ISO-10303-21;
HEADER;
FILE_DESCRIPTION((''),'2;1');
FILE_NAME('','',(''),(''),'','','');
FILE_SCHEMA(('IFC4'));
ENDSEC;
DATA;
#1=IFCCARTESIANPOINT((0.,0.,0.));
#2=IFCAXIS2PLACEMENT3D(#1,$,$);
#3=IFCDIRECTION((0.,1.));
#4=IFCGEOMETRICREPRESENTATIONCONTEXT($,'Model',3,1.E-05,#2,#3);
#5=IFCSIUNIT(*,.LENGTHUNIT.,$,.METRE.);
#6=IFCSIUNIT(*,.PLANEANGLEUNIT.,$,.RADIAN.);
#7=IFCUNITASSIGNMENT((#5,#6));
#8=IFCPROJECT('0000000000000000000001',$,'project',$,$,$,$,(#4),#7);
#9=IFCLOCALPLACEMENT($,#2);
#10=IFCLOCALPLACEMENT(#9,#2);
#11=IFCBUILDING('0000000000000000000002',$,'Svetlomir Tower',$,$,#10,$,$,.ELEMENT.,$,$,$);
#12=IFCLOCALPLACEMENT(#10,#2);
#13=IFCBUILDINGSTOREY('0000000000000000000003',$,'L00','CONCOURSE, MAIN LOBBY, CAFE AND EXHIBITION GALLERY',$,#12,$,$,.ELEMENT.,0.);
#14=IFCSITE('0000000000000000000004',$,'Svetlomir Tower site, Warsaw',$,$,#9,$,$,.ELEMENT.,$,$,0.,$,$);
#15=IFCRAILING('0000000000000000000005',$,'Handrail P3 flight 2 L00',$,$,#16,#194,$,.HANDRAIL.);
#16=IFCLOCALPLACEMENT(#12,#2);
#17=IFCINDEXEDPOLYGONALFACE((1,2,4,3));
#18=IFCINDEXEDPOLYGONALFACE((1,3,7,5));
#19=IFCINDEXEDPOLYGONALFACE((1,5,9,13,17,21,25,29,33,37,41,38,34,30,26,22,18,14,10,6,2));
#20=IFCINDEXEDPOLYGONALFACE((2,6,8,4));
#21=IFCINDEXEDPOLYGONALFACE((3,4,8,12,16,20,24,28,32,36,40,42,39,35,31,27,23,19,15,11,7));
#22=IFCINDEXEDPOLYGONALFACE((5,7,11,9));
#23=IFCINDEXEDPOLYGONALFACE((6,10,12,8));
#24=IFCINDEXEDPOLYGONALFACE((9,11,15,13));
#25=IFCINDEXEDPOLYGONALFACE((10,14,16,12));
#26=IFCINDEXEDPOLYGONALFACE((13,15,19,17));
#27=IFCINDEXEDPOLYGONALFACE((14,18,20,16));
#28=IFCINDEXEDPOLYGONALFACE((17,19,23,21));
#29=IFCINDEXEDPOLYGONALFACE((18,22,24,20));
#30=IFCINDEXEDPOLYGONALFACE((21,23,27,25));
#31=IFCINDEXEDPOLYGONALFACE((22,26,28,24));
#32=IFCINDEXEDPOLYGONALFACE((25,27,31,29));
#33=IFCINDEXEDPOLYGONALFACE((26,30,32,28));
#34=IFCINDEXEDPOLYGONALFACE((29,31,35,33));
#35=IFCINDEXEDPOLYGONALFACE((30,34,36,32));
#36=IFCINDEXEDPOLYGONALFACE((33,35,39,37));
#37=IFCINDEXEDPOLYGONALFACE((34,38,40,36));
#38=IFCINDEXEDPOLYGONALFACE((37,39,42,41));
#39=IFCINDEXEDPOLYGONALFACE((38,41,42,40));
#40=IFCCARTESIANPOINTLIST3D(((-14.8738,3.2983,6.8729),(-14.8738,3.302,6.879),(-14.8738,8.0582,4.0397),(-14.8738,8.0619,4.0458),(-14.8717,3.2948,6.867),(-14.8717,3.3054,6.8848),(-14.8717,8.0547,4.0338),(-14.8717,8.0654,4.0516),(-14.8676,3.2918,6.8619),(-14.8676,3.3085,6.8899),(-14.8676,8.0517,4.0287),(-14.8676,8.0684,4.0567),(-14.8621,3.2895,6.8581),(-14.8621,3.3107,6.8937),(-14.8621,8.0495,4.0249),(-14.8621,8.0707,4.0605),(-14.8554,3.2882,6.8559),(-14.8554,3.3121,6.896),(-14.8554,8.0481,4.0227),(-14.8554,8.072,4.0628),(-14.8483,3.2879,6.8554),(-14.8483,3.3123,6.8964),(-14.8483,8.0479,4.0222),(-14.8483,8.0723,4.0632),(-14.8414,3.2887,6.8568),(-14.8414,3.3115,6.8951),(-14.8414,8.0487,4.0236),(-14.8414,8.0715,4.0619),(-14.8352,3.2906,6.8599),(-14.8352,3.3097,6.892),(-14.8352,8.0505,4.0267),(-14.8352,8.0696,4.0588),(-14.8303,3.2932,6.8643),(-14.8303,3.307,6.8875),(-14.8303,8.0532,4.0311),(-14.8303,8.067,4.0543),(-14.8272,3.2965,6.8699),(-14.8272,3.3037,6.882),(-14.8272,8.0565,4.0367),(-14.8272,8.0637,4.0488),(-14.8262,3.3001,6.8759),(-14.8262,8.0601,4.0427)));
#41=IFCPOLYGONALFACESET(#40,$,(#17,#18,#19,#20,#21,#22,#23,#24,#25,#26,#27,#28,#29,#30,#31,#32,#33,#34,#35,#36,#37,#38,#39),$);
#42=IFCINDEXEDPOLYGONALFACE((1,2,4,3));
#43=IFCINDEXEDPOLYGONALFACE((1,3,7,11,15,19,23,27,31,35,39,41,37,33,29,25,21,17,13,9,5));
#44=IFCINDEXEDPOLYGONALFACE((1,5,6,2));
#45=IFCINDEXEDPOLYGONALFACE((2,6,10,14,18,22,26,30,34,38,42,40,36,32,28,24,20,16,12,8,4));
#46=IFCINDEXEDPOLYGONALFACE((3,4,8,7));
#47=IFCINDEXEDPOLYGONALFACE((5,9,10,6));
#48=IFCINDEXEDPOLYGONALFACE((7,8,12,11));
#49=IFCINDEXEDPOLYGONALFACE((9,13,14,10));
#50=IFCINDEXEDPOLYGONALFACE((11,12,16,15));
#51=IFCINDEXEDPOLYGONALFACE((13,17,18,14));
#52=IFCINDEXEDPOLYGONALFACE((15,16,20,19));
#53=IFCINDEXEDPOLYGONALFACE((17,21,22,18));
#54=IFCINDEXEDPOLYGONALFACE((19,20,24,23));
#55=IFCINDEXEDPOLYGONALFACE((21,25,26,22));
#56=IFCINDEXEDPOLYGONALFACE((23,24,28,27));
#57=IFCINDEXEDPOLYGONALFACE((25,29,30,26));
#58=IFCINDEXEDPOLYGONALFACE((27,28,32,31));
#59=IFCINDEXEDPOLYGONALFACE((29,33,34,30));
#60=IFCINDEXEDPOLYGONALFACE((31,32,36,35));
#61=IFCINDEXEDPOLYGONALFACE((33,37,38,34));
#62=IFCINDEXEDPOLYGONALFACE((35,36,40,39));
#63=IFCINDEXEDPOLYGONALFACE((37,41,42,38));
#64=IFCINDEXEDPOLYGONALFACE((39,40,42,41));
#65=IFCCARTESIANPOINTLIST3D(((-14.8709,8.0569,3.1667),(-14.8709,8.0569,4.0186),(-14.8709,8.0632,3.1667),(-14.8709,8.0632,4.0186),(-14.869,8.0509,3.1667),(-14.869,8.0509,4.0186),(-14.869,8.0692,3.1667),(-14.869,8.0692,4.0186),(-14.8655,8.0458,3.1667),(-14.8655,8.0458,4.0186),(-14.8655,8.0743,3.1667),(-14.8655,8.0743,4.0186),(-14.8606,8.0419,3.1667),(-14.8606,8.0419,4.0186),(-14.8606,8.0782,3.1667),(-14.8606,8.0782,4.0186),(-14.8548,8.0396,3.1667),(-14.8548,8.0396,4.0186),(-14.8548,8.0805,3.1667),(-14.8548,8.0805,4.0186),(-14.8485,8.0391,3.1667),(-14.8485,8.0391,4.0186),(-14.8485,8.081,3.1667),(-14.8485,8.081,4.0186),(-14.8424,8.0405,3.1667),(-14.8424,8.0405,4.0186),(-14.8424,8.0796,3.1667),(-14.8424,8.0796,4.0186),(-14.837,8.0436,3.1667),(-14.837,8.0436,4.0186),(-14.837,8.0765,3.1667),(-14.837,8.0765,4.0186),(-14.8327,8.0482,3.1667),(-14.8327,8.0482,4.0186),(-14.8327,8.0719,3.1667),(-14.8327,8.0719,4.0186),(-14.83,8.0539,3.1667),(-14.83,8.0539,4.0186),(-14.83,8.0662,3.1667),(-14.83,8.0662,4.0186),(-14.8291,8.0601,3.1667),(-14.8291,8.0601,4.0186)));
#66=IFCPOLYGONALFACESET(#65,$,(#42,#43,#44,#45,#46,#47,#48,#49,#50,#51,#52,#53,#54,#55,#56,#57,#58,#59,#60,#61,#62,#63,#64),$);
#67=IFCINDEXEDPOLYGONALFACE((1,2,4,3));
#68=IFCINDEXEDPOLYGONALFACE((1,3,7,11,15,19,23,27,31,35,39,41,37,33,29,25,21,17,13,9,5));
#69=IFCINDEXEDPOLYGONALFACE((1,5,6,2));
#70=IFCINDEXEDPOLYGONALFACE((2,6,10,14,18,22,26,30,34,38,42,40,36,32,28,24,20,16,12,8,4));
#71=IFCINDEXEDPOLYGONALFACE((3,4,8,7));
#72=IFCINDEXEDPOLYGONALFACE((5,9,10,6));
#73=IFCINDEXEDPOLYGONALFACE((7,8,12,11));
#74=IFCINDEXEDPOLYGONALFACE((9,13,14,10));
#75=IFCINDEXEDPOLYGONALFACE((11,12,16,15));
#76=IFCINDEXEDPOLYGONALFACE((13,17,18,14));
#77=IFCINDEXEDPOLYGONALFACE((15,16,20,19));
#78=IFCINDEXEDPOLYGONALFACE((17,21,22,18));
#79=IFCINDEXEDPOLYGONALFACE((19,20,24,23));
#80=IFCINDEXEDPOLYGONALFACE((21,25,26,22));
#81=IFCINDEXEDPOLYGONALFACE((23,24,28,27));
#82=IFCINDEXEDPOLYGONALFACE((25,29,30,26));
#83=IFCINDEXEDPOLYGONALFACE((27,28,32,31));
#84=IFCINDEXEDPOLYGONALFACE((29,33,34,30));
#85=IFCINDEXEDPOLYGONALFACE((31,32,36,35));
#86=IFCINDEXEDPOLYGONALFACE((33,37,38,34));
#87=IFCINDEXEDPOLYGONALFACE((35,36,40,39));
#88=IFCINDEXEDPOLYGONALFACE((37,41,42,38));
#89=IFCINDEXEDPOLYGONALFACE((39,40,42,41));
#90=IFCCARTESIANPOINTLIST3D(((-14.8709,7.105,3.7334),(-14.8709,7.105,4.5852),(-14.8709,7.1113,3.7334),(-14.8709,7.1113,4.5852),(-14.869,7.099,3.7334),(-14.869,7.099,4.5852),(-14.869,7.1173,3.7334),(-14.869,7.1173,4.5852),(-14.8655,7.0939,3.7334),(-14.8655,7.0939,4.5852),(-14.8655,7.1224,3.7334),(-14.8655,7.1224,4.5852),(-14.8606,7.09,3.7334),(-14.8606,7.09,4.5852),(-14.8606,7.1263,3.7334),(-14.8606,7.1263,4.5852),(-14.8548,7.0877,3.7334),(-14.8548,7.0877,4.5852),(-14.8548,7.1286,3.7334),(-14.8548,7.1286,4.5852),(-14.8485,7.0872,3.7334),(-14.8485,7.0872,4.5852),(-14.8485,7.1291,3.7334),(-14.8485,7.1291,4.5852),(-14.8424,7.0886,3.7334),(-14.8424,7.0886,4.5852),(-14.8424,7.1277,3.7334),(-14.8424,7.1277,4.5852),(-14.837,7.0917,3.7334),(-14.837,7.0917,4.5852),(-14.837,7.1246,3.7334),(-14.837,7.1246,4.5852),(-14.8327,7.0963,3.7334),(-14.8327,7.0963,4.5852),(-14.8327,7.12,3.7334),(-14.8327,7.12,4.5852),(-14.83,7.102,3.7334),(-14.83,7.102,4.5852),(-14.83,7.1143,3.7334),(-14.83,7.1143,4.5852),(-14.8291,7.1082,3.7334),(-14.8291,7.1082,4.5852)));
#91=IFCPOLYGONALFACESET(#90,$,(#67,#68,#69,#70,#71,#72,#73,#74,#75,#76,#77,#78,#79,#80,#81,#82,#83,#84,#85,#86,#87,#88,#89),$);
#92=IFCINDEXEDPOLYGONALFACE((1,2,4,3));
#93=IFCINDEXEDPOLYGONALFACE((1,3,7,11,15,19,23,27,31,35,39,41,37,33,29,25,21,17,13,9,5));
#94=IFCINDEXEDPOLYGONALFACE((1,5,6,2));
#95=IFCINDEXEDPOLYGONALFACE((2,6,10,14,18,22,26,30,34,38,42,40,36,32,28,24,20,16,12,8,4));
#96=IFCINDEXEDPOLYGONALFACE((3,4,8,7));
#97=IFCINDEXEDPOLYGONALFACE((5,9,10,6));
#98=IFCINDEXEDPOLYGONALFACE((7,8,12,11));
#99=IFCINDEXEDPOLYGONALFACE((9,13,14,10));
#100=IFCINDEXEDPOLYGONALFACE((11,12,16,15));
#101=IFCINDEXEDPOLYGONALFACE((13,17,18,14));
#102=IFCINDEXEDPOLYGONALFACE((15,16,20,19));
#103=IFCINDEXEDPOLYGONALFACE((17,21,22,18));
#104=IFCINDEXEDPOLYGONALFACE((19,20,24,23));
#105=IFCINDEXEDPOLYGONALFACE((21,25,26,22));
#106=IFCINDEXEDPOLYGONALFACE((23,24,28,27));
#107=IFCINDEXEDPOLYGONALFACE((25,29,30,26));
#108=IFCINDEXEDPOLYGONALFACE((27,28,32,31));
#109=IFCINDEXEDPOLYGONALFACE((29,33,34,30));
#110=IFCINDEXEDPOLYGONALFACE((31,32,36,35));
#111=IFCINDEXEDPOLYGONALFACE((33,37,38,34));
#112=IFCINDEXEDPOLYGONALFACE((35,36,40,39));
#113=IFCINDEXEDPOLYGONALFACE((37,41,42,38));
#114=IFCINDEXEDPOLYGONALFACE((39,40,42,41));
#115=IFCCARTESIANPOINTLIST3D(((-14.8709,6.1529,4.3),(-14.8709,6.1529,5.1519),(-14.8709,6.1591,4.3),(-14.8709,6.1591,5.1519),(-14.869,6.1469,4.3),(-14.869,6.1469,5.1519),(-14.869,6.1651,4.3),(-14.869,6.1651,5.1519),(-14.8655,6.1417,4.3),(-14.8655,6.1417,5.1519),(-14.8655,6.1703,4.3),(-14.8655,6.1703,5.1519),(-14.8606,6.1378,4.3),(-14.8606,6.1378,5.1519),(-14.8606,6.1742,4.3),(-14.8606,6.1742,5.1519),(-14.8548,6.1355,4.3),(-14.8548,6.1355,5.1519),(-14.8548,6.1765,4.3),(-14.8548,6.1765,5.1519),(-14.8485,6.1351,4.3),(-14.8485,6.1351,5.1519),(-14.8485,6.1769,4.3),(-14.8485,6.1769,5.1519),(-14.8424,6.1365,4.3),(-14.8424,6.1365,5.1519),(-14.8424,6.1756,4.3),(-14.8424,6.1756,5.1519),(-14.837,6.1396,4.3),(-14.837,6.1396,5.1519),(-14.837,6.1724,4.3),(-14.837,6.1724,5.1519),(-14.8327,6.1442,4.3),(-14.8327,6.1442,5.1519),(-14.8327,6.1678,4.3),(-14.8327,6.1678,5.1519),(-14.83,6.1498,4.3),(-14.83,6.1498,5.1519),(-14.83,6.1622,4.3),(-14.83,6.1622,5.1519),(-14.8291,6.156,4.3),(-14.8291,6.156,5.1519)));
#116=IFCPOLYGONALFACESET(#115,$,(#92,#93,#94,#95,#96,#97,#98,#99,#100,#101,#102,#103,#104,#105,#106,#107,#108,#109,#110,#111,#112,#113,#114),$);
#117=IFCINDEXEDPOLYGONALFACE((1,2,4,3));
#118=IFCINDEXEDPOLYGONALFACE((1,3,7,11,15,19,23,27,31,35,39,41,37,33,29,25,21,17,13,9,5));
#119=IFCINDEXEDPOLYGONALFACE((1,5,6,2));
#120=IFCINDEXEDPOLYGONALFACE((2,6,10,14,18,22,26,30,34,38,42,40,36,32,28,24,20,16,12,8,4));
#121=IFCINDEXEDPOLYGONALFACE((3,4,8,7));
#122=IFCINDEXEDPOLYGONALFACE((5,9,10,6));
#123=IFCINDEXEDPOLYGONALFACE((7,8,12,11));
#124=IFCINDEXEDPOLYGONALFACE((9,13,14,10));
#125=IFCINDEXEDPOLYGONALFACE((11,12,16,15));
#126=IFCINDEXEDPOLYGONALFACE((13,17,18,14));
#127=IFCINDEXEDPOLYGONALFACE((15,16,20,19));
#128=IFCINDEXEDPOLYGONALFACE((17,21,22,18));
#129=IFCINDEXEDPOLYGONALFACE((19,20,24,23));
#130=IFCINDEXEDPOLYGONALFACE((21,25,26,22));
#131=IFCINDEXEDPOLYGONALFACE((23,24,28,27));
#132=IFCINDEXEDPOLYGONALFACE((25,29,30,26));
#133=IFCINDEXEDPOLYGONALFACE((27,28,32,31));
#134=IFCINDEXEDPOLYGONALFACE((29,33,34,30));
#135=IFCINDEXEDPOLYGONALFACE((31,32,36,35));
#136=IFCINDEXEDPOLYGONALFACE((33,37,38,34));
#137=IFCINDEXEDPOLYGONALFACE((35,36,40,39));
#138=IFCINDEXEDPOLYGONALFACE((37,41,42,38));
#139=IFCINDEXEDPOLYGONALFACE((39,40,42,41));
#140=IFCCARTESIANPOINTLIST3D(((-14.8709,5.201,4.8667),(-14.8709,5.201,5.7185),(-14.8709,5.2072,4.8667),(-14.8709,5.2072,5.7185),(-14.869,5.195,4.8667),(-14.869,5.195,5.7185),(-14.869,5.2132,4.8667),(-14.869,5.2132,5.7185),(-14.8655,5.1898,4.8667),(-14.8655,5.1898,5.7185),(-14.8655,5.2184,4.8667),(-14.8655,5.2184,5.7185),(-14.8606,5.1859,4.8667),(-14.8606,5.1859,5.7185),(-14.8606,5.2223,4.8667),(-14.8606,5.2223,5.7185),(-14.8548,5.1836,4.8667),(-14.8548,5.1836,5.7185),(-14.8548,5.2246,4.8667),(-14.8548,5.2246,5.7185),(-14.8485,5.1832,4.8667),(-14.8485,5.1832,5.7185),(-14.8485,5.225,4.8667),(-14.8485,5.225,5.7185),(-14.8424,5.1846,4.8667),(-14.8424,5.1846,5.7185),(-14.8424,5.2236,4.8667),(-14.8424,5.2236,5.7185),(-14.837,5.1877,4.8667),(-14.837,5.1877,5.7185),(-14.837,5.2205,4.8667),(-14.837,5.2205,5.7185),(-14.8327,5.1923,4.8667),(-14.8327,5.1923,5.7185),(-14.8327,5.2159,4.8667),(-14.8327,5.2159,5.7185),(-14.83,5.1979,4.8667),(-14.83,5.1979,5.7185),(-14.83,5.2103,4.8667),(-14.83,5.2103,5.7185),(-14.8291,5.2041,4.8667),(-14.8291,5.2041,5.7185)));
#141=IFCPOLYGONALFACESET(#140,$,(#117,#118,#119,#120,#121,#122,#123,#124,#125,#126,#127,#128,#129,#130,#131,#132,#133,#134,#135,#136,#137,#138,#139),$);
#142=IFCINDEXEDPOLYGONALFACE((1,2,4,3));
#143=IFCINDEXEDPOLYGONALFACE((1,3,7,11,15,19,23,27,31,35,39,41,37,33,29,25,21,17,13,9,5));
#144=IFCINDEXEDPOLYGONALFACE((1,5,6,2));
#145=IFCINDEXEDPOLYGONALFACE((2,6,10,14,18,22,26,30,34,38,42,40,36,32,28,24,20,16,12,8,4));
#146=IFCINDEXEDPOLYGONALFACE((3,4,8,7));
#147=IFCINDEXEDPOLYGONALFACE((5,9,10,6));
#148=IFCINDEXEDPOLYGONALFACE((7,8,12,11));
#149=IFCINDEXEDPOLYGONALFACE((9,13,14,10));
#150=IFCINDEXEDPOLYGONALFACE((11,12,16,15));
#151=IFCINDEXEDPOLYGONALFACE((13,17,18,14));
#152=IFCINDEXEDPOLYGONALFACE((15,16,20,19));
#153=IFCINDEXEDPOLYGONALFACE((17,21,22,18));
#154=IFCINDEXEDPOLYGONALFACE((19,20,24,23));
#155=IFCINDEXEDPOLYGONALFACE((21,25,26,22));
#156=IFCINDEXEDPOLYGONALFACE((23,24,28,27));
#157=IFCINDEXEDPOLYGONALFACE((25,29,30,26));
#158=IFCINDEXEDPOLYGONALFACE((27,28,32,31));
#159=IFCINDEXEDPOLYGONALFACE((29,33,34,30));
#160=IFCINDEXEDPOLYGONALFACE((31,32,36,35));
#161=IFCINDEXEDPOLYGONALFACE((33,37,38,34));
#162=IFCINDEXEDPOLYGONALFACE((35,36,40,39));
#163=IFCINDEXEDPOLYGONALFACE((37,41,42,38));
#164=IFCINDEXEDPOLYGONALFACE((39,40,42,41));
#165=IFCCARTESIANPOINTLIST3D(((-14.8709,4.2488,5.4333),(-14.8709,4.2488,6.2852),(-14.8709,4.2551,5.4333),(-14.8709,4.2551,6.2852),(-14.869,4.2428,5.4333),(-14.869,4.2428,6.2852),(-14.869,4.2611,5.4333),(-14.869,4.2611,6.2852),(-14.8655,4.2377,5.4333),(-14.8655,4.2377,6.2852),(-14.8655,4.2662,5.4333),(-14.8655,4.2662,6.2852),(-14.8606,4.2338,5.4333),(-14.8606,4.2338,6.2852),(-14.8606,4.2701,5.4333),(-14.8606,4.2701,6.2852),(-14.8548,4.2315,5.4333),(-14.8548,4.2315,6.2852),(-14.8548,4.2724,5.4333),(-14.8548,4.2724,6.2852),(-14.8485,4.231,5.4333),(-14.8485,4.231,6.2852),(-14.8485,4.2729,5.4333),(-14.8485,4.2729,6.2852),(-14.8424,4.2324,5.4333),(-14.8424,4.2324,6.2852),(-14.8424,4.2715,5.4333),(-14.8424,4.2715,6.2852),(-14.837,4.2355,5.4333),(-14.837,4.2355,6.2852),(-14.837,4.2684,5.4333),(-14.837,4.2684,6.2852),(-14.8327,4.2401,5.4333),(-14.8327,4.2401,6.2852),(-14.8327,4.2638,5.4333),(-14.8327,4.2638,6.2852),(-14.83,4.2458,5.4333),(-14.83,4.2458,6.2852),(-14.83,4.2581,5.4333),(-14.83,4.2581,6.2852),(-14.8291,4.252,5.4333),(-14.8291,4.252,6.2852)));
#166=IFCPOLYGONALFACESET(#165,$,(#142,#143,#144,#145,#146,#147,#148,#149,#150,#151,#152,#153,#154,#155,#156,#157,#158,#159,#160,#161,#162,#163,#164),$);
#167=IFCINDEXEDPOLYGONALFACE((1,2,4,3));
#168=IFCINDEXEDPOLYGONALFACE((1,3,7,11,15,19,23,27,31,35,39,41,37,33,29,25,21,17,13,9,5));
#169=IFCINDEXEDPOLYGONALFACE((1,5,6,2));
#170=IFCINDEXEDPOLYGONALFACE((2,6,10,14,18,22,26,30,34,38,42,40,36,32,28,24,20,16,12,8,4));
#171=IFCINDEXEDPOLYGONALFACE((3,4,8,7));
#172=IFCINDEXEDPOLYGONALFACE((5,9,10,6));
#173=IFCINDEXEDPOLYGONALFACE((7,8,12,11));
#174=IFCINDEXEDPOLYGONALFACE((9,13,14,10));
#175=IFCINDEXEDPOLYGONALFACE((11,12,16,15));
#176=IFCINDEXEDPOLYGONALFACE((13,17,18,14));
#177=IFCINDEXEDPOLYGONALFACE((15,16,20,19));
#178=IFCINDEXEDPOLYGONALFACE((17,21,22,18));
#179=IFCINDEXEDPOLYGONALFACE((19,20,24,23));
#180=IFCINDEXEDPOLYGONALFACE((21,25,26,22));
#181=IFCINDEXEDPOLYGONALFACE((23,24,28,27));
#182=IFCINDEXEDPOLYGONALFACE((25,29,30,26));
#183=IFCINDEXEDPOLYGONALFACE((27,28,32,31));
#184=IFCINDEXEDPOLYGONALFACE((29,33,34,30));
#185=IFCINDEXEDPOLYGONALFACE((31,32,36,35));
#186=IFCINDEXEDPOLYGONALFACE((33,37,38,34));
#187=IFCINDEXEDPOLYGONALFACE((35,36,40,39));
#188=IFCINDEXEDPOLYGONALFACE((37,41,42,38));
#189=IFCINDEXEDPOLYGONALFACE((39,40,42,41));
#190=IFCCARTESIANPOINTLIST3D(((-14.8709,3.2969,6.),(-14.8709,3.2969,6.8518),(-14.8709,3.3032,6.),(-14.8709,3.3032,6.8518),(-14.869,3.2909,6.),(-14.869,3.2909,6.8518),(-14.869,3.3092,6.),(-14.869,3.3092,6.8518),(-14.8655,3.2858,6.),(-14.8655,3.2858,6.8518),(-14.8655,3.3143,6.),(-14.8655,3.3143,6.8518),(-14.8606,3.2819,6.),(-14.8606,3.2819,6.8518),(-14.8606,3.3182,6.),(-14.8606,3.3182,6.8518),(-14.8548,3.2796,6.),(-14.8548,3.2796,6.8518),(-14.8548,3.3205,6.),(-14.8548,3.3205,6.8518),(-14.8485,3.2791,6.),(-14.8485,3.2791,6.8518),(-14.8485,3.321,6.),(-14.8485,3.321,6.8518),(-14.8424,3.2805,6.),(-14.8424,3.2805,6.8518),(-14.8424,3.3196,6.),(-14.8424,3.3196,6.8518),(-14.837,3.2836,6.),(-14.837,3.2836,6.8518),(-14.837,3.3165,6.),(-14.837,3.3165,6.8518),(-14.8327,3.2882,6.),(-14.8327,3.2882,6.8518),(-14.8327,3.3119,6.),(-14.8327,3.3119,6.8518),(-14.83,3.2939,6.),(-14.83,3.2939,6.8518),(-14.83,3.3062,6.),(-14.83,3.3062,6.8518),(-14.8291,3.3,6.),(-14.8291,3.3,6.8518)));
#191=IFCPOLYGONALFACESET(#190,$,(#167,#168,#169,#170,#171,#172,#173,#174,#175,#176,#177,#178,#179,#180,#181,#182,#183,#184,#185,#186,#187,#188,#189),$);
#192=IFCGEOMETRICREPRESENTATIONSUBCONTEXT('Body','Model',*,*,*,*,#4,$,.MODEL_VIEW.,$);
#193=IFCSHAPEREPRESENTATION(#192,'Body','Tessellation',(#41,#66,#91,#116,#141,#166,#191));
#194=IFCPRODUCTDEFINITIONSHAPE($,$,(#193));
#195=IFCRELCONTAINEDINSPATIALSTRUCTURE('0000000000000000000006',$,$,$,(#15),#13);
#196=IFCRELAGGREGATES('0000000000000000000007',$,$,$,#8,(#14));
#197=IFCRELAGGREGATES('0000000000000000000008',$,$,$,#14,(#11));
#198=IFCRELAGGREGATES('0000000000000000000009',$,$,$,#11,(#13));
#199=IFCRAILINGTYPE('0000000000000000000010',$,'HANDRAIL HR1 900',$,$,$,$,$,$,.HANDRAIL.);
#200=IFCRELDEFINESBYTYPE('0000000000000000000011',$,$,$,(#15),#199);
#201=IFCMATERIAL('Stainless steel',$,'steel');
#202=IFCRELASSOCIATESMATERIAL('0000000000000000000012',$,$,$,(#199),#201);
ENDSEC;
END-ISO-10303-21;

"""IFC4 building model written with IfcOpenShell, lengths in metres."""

from ifc_helpers import new_model, si_unit, direction, frame, origin, origin_2d, place, context, subcontext, project, spatial, circle, extrude, material, type_object, element, save


model = new_model("IFC4")

# Units and contexts
model_context = context("Model", 3, precision=1e-05, world=origin(), true_north=direction((0.0, 1.0)))
body_context = subcontext(model_context, "Body", "Model", "MODEL_VIEW")
ifc_project = project(units=[si_unit("LENGTHUNIT", "METRE"), si_unit("PLANEANGLEUNIT", "RADIAN")], contexts=[model_context])

# Site, building, storey
site_placement = place(None, origin())
site = spatial("IfcSite", under=ifc_project, at=site_placement, Name="Svetlomir Tower site, Warsaw", CompositionType="ELEMENT", RefElevation=0.0)
building_placement = place(site_placement, origin())
building = spatial("IfcBuilding", under=site, at=building_placement, Name="Svetlomir Tower", CompositionType="ELEMENT")
storey_placement = place(building_placement, origin())
storey = spatial("IfcBuildingStorey", under=building, at=storey_placement, Name="L00", Description="CONCOURSE, MAIN LOBBY, CAFE AND EXHIBITION GALLERY", CompositionType="ELEMENT", Elevation=0.0)

# Railing
ifc_material_1 = material(Name="Stainless steel", Category="steel")
railing_type = type_object("IfcRailingType", Name="HANDRAIL HR1 900", PredefinedType="HANDRAIL", material=ifc_material_1)
railing_placement = place(storey_placement, frame((-14.8501, 8.0601, 3.1667)))
element("IfcRailing", 1, at=railing_placement, inside=storey, type_object=railing_type, Name="Handrail P3 flight 2 L00", PredefinedType="HANDRAIL", context=body_context, shape_type="SweptSolid", body=[
    extrude(circle(Radius=0.0239, at=origin_2d()), frame((0.0, 0.0, 0.876), z_axis=(0.0, -0.8593, 0.511472), x_axis=(1.0, 0.0, 0.0)), (0.0, 0.0, 1.0), 5.5393),
    extrude(circle(Radius=0.021, at=origin_2d()), origin(), (0.0, 0.0, 1.0), 0.8518),
    extrude(circle(Radius=0.021, at=origin_2d()), frame((0.0, -0.9519, 0.5667)), (0.0, 0.0, 1.0), 0.8518),
    extrude(circle(Radius=0.021, at=origin_2d()), frame((0.0, -1.9041, 1.1333)), (0.0, 0.0, 1.0), 0.8518),
    extrude(circle(Radius=0.021, at=origin_2d()), frame((0.0, -2.856, 1.7)), (0.0, 0.0, 1.0), 0.8518),
    extrude(circle(Radius=0.021, at=origin_2d()), frame((0.0, -3.8081, 2.2666)), (0.0, 0.0, 1.0), 0.8518),
    extrude(circle(Radius=0.021, at=origin_2d()), frame((0.0, -4.76, 2.8333)), (0.0, 0.0, 1.0), 0.8518),
])

save(model, "model.ifc")
